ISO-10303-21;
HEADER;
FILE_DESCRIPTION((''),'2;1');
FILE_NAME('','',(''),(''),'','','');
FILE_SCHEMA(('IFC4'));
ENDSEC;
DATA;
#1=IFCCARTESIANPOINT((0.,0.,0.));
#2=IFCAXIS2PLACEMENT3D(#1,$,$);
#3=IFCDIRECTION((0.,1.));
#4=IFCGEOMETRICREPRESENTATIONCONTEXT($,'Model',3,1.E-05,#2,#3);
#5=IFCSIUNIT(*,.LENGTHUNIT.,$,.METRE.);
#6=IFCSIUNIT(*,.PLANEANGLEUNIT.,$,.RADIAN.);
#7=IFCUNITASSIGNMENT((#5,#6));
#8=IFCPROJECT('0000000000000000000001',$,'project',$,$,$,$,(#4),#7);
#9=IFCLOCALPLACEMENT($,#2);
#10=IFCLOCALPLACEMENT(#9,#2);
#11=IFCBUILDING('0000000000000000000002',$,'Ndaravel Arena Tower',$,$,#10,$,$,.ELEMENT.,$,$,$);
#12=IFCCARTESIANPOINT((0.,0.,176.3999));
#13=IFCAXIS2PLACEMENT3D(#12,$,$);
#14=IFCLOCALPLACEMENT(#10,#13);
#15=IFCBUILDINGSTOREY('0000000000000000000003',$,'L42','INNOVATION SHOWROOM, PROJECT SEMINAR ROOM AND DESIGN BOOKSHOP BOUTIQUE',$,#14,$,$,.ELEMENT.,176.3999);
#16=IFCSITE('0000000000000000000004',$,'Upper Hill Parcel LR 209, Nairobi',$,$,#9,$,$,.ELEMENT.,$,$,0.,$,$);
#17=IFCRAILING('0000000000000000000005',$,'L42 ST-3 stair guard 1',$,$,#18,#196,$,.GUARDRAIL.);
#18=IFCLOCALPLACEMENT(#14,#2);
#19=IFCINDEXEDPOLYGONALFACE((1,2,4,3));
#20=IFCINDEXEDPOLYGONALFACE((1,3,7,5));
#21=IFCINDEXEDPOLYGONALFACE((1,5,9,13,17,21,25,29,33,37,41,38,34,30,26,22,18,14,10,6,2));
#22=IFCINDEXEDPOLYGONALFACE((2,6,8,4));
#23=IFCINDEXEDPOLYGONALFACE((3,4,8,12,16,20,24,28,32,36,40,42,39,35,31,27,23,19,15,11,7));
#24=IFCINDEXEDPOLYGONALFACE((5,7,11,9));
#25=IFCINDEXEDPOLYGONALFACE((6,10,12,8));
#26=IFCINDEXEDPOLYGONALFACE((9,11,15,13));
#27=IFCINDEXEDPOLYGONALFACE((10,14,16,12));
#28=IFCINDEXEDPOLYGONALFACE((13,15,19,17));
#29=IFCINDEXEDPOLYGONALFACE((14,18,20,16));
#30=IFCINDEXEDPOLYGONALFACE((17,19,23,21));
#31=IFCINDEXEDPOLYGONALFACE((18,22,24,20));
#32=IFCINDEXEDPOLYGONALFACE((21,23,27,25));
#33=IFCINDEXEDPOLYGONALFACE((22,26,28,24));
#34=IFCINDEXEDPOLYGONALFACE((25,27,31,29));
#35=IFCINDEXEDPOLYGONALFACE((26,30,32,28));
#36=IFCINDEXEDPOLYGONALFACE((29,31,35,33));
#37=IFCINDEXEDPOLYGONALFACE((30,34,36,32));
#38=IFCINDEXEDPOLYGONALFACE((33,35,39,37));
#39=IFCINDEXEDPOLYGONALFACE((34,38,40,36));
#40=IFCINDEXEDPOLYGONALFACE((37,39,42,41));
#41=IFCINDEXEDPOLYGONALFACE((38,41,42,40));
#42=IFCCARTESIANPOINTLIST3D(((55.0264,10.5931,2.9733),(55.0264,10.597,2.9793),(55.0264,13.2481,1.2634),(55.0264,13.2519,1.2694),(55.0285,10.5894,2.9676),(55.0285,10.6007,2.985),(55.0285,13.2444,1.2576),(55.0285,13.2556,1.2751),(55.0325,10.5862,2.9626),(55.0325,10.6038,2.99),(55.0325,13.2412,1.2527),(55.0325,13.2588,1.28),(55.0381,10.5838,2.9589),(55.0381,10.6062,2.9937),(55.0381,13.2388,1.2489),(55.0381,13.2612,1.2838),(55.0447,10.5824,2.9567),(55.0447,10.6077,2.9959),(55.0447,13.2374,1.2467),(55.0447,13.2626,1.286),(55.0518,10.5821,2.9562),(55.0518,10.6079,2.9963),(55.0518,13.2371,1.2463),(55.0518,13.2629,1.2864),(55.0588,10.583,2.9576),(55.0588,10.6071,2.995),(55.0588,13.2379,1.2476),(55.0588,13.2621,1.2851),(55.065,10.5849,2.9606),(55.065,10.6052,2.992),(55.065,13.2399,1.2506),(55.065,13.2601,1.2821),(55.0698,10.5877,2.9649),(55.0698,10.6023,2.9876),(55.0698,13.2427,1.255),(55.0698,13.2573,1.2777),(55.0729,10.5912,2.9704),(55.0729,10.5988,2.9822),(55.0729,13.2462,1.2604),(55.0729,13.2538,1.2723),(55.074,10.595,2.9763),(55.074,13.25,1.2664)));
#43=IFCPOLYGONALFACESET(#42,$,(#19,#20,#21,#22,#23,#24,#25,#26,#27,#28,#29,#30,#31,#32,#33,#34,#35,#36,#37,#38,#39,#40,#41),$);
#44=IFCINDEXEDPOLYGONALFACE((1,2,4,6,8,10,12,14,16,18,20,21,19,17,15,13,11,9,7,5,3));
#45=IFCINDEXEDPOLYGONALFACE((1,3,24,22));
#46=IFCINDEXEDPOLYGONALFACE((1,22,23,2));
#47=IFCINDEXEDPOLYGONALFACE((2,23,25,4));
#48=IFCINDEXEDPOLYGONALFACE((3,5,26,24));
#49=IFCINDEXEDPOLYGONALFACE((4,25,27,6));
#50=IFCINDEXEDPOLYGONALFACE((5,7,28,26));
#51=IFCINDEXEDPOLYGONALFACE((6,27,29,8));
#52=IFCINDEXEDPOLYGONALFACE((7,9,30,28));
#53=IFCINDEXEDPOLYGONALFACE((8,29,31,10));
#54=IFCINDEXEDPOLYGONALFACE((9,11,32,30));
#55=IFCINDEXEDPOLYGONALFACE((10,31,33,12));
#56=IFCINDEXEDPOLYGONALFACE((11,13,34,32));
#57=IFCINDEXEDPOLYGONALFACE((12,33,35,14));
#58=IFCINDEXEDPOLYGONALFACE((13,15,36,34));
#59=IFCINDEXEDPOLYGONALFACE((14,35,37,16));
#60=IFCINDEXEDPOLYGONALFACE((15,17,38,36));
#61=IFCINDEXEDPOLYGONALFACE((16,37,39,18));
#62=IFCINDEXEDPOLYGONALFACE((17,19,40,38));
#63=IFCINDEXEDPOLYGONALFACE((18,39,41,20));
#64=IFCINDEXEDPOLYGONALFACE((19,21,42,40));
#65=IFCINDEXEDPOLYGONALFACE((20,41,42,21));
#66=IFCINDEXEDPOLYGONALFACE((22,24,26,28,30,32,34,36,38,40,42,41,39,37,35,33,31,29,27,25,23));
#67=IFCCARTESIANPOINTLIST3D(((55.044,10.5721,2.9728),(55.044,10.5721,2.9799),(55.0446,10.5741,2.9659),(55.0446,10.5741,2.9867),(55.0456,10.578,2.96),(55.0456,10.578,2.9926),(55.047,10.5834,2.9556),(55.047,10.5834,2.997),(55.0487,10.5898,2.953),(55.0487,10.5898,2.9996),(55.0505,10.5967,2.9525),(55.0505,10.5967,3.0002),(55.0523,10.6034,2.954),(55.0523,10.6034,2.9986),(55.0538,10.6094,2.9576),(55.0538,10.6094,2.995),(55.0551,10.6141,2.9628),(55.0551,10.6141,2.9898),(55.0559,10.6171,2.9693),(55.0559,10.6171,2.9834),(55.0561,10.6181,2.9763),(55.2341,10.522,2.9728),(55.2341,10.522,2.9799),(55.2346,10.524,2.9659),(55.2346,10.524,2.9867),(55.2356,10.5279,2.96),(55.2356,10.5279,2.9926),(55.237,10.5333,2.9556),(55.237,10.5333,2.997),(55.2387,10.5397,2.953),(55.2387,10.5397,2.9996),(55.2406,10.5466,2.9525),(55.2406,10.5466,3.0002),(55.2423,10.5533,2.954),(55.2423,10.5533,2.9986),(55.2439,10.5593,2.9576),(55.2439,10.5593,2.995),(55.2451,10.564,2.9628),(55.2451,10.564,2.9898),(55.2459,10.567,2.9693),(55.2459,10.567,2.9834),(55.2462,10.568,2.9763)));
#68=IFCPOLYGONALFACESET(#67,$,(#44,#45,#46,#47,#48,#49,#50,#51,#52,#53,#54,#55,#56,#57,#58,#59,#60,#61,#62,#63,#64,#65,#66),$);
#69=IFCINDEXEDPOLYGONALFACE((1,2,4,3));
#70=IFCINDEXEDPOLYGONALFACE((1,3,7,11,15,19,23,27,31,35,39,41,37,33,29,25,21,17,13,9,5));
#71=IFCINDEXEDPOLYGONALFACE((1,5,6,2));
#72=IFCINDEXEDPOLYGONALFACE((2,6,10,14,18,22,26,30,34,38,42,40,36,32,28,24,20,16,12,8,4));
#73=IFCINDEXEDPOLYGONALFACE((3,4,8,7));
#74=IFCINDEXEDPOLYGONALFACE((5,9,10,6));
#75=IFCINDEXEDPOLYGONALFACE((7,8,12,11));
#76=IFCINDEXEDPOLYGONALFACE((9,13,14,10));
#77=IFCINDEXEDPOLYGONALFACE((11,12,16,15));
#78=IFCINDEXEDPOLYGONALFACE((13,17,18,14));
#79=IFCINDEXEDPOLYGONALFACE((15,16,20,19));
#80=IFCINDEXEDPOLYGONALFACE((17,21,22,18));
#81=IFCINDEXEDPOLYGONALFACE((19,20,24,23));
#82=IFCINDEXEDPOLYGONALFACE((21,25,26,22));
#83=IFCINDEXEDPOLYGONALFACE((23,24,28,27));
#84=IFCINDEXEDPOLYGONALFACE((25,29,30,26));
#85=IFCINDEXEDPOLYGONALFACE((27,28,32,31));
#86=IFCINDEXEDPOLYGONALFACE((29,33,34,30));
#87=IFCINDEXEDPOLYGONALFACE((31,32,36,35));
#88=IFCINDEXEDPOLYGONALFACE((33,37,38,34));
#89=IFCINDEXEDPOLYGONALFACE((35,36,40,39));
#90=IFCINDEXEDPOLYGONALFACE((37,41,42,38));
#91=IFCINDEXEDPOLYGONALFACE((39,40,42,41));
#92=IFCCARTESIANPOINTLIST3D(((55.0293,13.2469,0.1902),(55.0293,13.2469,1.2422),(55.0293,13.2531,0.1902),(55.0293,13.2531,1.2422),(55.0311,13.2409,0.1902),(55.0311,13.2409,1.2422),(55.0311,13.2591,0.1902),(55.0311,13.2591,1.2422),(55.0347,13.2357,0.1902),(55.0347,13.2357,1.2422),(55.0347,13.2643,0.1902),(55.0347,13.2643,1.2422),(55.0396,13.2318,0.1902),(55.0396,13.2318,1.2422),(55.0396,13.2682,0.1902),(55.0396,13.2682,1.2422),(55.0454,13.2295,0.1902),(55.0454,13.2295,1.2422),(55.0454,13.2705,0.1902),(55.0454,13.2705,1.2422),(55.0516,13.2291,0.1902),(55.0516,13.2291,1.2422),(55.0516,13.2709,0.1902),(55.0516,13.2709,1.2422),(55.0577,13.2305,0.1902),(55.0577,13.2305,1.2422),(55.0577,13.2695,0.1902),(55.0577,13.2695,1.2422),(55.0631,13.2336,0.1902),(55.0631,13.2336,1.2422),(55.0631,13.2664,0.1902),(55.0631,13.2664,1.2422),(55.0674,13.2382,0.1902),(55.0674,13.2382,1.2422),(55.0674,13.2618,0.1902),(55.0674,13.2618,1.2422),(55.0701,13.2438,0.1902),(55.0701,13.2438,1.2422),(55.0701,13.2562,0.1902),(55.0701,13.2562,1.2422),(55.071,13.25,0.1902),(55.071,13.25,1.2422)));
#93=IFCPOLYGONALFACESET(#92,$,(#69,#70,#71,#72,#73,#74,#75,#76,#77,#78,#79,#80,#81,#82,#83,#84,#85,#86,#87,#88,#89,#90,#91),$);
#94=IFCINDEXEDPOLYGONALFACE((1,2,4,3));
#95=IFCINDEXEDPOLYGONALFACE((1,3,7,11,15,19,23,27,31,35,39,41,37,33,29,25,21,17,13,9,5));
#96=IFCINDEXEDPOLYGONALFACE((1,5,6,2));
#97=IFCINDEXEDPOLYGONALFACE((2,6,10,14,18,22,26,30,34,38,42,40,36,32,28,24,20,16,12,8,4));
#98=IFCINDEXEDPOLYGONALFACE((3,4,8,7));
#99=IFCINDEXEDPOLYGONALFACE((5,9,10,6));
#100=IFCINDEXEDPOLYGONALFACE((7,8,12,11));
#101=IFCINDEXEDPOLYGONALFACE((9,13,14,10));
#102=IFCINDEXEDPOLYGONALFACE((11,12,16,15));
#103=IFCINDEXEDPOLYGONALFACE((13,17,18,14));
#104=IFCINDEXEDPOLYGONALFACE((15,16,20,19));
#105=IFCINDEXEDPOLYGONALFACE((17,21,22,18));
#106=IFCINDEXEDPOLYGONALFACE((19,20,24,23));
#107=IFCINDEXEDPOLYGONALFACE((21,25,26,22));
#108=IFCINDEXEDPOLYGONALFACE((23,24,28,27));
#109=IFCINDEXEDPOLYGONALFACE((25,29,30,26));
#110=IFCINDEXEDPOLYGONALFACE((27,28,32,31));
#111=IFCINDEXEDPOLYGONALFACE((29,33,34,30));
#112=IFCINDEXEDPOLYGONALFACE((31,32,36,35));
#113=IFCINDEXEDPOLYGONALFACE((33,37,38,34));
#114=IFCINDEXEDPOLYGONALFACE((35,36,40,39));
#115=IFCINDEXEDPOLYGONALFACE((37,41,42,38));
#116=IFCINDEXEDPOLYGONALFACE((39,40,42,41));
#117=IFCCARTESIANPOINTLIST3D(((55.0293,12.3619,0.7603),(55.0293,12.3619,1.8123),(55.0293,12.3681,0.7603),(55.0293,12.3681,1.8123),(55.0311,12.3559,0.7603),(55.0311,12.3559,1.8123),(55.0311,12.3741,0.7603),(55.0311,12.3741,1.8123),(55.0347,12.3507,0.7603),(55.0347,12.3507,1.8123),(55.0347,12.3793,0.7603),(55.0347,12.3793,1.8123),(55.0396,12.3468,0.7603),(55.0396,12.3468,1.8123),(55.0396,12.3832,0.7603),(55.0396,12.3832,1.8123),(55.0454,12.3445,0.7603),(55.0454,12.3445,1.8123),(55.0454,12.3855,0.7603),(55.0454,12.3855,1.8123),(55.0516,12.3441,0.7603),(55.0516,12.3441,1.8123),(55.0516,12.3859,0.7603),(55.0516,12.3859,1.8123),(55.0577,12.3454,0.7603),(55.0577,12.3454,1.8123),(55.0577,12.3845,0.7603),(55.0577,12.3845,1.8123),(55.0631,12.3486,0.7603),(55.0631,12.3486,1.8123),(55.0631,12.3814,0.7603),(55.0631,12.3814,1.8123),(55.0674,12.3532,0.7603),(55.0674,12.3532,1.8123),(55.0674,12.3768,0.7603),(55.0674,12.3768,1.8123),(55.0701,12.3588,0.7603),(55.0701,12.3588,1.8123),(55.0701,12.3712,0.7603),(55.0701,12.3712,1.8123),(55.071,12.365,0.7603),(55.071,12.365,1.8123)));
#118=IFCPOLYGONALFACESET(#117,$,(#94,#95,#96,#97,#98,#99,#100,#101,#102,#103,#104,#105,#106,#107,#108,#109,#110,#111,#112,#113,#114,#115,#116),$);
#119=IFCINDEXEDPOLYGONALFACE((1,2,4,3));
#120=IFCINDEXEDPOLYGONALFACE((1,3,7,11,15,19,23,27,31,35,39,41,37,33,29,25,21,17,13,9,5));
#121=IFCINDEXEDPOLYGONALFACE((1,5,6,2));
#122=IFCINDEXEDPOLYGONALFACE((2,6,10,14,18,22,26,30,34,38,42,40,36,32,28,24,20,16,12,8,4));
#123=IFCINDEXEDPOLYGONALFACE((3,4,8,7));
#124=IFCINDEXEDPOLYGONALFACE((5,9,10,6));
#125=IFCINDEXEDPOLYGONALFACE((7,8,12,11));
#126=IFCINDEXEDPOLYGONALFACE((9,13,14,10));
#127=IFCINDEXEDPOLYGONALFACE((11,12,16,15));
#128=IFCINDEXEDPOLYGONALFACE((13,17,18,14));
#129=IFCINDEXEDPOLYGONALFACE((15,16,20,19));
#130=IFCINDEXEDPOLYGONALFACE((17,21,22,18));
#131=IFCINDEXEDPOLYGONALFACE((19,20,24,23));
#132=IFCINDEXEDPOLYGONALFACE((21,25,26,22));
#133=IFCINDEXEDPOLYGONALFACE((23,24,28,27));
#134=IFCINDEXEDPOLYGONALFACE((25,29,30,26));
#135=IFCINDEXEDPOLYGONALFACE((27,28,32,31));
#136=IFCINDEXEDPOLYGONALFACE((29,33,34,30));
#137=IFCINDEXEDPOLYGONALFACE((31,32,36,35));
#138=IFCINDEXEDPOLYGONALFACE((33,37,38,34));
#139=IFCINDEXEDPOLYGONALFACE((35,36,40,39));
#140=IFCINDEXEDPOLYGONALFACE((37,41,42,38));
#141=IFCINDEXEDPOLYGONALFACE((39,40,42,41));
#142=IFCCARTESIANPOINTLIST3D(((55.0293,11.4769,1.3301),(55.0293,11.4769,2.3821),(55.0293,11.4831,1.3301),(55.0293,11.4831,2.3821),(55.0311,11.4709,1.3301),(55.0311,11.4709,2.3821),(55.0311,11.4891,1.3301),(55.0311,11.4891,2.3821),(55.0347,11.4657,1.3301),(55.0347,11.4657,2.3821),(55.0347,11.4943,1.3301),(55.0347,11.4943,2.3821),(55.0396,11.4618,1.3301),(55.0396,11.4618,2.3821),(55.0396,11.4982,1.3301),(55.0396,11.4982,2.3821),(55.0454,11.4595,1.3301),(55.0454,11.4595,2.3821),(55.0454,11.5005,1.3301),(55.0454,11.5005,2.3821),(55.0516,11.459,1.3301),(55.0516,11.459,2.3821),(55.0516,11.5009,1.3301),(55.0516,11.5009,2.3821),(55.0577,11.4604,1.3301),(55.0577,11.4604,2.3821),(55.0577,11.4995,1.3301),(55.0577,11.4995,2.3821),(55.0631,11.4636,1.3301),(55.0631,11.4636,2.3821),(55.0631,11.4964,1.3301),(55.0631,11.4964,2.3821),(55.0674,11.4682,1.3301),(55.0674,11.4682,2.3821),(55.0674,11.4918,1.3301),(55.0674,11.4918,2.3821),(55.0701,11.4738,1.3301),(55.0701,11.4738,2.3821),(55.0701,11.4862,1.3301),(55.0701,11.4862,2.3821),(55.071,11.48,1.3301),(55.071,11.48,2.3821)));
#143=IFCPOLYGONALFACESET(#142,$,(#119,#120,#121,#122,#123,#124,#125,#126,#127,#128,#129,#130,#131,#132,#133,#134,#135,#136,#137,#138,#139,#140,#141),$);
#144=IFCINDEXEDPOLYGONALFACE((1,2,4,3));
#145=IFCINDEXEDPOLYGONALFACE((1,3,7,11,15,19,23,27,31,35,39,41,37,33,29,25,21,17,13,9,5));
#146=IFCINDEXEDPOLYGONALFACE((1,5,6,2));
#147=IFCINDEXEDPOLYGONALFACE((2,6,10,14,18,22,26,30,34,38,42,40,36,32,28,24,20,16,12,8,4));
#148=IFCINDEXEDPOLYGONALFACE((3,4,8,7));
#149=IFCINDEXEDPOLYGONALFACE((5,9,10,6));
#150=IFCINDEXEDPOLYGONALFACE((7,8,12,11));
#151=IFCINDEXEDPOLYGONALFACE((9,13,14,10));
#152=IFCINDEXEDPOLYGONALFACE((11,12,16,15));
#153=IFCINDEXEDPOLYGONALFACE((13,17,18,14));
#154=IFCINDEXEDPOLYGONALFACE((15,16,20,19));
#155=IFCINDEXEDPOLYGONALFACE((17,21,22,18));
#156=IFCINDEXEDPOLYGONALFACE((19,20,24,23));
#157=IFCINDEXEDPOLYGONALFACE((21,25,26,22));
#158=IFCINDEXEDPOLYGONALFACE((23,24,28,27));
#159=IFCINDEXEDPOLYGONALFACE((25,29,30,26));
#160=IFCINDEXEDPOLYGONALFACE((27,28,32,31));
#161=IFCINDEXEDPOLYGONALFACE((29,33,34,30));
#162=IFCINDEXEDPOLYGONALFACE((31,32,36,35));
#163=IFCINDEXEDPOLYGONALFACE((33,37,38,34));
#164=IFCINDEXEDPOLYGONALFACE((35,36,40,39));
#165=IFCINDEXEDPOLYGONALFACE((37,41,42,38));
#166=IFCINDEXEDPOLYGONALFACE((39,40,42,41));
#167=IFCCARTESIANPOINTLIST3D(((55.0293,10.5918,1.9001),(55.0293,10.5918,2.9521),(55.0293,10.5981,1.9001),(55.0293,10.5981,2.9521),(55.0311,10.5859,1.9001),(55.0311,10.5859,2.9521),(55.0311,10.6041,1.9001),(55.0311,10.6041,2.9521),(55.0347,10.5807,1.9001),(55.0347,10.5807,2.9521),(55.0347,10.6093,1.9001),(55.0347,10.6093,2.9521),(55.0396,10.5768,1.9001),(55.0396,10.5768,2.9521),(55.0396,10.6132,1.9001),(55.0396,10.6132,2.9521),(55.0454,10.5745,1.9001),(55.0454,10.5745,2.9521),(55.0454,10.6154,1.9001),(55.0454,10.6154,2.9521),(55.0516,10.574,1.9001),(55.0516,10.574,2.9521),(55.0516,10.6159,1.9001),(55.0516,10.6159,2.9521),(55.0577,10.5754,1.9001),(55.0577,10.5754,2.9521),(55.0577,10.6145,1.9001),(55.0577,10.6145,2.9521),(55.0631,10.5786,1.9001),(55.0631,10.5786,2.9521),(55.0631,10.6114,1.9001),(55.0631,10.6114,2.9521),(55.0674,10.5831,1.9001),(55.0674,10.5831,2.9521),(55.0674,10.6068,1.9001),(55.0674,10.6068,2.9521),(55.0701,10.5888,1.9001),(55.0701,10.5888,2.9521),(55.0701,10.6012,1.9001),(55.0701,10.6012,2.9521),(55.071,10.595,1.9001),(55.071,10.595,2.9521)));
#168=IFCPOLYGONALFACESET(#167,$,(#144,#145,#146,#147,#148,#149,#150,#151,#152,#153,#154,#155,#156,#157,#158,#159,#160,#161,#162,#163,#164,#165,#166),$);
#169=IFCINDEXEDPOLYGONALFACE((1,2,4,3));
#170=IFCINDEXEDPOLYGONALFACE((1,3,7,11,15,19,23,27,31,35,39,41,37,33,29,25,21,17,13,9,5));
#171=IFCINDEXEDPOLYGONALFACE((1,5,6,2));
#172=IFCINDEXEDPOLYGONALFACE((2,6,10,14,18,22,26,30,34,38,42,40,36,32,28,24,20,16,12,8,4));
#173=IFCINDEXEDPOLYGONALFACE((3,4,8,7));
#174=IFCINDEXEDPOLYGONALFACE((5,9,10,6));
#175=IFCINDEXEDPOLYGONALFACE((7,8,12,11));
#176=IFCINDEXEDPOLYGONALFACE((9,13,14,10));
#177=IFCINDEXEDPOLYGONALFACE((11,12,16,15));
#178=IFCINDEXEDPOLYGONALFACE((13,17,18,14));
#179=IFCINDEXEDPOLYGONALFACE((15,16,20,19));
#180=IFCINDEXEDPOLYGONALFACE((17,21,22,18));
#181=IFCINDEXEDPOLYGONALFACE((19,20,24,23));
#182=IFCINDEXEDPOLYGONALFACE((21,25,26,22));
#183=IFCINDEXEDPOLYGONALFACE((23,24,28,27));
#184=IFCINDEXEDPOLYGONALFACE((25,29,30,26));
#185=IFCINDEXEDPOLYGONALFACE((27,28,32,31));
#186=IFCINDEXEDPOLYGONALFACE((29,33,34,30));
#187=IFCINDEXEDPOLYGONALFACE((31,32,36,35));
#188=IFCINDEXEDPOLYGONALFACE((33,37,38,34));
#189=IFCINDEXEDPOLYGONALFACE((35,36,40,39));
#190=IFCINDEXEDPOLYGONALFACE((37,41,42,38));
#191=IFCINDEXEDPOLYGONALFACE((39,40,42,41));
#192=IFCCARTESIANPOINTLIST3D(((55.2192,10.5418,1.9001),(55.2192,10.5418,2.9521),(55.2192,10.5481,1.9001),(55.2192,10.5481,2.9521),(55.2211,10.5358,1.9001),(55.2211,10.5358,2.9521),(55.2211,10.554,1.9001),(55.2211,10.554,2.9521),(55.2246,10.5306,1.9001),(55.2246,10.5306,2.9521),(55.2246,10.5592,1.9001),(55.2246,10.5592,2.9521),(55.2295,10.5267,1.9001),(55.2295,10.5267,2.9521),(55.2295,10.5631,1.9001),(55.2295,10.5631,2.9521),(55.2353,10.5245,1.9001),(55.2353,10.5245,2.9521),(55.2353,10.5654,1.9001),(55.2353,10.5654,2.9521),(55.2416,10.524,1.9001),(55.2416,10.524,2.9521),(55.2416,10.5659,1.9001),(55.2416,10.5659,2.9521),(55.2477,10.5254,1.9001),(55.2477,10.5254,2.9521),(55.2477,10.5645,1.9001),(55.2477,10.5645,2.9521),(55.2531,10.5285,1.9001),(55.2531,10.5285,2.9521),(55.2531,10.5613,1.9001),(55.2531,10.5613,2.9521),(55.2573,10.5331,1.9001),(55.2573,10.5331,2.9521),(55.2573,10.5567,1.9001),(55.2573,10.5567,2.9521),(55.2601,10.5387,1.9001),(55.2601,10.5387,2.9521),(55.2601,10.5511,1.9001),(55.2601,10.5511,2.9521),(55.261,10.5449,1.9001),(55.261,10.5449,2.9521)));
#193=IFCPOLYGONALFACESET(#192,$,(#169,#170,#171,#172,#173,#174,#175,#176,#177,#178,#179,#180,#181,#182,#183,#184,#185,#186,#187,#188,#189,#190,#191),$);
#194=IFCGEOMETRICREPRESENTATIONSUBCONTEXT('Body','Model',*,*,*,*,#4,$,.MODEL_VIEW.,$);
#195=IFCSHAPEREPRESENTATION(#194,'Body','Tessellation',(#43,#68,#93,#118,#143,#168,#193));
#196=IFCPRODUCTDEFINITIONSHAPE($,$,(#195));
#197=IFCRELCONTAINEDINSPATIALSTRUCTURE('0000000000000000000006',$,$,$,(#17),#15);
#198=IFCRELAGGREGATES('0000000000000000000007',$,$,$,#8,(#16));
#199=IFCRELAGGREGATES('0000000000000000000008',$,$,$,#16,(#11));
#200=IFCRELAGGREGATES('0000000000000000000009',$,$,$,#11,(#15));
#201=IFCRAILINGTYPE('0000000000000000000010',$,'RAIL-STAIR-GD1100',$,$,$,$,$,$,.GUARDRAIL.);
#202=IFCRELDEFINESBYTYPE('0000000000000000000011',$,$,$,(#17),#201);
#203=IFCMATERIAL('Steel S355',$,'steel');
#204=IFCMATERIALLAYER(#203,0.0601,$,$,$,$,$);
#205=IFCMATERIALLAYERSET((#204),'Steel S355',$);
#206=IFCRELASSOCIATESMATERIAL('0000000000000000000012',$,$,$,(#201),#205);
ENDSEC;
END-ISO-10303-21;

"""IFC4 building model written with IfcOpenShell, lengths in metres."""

from ifc_helpers import new_model, si_unit, direction, frame, origin, origin_2d, place, context, subcontext, project, spatial, circle, extrude, material, layer, layer_set, type_object, element, save


model = new_model("IFC4")

# Units and contexts
model_context = context("Model", 3, precision=1e-05, world=origin(), true_north=direction((0.0, 1.0)))
body_context = subcontext(model_context, "Body", "Model", "MODEL_VIEW")
ifc_project = project(units=[si_unit("LENGTHUNIT", "METRE"), si_unit("PLANEANGLEUNIT", "RADIAN")], contexts=[model_context])

# Site, building, storey
site_placement = place(None, origin())
site = spatial("IfcSite", under=ifc_project, at=site_placement, Name="Upper Hill Parcel LR 209, Nairobi", CompositionType="ELEMENT", RefElevation=0.0)
building_placement = place(site_placement, origin())
building = spatial("IfcBuilding", under=site, at=building_placement, Name="Ndaravel Arena Tower", CompositionType="ELEMENT")
storey_placement = place(building_placement, frame((0.0, 0.0, 176.3999)))
storey = spatial("IfcBuildingStorey", under=building, at=storey_placement, Name="L42", Description="INNOVATION SHOWROOM, PROJECT SEMINAR ROOM AND DESIGN BOOKSHOP BOUTIQUE", CompositionType="ELEMENT", Elevation=176.3999)

# Railing
ifc_material_1 = material(Name="Steel S355", Category="steel")
ifc_layer_1 = layer(ifc_material_1, 0.0601)
ifc_layer_set_1 = layer_set([ifc_layer_1], Name="Steel S355")
railing_type_1 = type_object("IfcRailingType", Name="RAIL-STAIR-GD1100", PredefinedType="GUARDRAIL", material=ifc_layer_set_1)
railing_1_placement = place(storey_placement, frame((55.05, 13.25, 0.1902)))
element("IfcRailing", 1, at=railing_1_placement, inside=storey, type_object=railing_type_1, Name="L42 ST-3 stair guard 1", PredefinedType="GUARDRAIL", context=body_context, shape_type="SweptSolid", body=[
    extrude(circle(Radius=0.0239, at=origin_2d()), frame((0.0, 0.0, 1.0762), z_axis=(0.0, -0.840724, 0.541465), x_axis=(1.0, 0.0, 0.0)), (0.0, 0.0, 1.0), 3.158),
    extrude(circle(Radius=0.0239, at=origin_2d()), frame((0.0, -2.655, 2.7861), z_axis=(0.966994, -0.254799, 0.0), x_axis=(0.254799, 0.966994, 0.0)), (0.0, 0.0, 1.0), 0.1965),
    extrude(circle(Radius=0.021, at=origin_2d()), origin(), (0.0, 0.0, 1.0), 1.052),
    extrude(circle(Radius=0.021, at=origin_2d()), frame((0.0, -0.885, 0.5701)), (0.0, 0.0, 1.0), 1.052),
    extrude(circle(Radius=0.021, at=origin_2d()), frame((0.0, -1.77, 1.1399)), (0.0, 0.0, 1.0), 1.052),
    extrude(circle(Radius=0.021, at=origin_2d()), frame((0.0, -2.655, 1.71)), (0.0, 0.0, 1.0), 1.052),
    extrude(circle(Radius=0.021, at=origin_2d()), frame((0.1899, -2.7051, 1.71)), (0.0, 0.0, 1.0), 1.052),
])

save(model, "model.ifc")
